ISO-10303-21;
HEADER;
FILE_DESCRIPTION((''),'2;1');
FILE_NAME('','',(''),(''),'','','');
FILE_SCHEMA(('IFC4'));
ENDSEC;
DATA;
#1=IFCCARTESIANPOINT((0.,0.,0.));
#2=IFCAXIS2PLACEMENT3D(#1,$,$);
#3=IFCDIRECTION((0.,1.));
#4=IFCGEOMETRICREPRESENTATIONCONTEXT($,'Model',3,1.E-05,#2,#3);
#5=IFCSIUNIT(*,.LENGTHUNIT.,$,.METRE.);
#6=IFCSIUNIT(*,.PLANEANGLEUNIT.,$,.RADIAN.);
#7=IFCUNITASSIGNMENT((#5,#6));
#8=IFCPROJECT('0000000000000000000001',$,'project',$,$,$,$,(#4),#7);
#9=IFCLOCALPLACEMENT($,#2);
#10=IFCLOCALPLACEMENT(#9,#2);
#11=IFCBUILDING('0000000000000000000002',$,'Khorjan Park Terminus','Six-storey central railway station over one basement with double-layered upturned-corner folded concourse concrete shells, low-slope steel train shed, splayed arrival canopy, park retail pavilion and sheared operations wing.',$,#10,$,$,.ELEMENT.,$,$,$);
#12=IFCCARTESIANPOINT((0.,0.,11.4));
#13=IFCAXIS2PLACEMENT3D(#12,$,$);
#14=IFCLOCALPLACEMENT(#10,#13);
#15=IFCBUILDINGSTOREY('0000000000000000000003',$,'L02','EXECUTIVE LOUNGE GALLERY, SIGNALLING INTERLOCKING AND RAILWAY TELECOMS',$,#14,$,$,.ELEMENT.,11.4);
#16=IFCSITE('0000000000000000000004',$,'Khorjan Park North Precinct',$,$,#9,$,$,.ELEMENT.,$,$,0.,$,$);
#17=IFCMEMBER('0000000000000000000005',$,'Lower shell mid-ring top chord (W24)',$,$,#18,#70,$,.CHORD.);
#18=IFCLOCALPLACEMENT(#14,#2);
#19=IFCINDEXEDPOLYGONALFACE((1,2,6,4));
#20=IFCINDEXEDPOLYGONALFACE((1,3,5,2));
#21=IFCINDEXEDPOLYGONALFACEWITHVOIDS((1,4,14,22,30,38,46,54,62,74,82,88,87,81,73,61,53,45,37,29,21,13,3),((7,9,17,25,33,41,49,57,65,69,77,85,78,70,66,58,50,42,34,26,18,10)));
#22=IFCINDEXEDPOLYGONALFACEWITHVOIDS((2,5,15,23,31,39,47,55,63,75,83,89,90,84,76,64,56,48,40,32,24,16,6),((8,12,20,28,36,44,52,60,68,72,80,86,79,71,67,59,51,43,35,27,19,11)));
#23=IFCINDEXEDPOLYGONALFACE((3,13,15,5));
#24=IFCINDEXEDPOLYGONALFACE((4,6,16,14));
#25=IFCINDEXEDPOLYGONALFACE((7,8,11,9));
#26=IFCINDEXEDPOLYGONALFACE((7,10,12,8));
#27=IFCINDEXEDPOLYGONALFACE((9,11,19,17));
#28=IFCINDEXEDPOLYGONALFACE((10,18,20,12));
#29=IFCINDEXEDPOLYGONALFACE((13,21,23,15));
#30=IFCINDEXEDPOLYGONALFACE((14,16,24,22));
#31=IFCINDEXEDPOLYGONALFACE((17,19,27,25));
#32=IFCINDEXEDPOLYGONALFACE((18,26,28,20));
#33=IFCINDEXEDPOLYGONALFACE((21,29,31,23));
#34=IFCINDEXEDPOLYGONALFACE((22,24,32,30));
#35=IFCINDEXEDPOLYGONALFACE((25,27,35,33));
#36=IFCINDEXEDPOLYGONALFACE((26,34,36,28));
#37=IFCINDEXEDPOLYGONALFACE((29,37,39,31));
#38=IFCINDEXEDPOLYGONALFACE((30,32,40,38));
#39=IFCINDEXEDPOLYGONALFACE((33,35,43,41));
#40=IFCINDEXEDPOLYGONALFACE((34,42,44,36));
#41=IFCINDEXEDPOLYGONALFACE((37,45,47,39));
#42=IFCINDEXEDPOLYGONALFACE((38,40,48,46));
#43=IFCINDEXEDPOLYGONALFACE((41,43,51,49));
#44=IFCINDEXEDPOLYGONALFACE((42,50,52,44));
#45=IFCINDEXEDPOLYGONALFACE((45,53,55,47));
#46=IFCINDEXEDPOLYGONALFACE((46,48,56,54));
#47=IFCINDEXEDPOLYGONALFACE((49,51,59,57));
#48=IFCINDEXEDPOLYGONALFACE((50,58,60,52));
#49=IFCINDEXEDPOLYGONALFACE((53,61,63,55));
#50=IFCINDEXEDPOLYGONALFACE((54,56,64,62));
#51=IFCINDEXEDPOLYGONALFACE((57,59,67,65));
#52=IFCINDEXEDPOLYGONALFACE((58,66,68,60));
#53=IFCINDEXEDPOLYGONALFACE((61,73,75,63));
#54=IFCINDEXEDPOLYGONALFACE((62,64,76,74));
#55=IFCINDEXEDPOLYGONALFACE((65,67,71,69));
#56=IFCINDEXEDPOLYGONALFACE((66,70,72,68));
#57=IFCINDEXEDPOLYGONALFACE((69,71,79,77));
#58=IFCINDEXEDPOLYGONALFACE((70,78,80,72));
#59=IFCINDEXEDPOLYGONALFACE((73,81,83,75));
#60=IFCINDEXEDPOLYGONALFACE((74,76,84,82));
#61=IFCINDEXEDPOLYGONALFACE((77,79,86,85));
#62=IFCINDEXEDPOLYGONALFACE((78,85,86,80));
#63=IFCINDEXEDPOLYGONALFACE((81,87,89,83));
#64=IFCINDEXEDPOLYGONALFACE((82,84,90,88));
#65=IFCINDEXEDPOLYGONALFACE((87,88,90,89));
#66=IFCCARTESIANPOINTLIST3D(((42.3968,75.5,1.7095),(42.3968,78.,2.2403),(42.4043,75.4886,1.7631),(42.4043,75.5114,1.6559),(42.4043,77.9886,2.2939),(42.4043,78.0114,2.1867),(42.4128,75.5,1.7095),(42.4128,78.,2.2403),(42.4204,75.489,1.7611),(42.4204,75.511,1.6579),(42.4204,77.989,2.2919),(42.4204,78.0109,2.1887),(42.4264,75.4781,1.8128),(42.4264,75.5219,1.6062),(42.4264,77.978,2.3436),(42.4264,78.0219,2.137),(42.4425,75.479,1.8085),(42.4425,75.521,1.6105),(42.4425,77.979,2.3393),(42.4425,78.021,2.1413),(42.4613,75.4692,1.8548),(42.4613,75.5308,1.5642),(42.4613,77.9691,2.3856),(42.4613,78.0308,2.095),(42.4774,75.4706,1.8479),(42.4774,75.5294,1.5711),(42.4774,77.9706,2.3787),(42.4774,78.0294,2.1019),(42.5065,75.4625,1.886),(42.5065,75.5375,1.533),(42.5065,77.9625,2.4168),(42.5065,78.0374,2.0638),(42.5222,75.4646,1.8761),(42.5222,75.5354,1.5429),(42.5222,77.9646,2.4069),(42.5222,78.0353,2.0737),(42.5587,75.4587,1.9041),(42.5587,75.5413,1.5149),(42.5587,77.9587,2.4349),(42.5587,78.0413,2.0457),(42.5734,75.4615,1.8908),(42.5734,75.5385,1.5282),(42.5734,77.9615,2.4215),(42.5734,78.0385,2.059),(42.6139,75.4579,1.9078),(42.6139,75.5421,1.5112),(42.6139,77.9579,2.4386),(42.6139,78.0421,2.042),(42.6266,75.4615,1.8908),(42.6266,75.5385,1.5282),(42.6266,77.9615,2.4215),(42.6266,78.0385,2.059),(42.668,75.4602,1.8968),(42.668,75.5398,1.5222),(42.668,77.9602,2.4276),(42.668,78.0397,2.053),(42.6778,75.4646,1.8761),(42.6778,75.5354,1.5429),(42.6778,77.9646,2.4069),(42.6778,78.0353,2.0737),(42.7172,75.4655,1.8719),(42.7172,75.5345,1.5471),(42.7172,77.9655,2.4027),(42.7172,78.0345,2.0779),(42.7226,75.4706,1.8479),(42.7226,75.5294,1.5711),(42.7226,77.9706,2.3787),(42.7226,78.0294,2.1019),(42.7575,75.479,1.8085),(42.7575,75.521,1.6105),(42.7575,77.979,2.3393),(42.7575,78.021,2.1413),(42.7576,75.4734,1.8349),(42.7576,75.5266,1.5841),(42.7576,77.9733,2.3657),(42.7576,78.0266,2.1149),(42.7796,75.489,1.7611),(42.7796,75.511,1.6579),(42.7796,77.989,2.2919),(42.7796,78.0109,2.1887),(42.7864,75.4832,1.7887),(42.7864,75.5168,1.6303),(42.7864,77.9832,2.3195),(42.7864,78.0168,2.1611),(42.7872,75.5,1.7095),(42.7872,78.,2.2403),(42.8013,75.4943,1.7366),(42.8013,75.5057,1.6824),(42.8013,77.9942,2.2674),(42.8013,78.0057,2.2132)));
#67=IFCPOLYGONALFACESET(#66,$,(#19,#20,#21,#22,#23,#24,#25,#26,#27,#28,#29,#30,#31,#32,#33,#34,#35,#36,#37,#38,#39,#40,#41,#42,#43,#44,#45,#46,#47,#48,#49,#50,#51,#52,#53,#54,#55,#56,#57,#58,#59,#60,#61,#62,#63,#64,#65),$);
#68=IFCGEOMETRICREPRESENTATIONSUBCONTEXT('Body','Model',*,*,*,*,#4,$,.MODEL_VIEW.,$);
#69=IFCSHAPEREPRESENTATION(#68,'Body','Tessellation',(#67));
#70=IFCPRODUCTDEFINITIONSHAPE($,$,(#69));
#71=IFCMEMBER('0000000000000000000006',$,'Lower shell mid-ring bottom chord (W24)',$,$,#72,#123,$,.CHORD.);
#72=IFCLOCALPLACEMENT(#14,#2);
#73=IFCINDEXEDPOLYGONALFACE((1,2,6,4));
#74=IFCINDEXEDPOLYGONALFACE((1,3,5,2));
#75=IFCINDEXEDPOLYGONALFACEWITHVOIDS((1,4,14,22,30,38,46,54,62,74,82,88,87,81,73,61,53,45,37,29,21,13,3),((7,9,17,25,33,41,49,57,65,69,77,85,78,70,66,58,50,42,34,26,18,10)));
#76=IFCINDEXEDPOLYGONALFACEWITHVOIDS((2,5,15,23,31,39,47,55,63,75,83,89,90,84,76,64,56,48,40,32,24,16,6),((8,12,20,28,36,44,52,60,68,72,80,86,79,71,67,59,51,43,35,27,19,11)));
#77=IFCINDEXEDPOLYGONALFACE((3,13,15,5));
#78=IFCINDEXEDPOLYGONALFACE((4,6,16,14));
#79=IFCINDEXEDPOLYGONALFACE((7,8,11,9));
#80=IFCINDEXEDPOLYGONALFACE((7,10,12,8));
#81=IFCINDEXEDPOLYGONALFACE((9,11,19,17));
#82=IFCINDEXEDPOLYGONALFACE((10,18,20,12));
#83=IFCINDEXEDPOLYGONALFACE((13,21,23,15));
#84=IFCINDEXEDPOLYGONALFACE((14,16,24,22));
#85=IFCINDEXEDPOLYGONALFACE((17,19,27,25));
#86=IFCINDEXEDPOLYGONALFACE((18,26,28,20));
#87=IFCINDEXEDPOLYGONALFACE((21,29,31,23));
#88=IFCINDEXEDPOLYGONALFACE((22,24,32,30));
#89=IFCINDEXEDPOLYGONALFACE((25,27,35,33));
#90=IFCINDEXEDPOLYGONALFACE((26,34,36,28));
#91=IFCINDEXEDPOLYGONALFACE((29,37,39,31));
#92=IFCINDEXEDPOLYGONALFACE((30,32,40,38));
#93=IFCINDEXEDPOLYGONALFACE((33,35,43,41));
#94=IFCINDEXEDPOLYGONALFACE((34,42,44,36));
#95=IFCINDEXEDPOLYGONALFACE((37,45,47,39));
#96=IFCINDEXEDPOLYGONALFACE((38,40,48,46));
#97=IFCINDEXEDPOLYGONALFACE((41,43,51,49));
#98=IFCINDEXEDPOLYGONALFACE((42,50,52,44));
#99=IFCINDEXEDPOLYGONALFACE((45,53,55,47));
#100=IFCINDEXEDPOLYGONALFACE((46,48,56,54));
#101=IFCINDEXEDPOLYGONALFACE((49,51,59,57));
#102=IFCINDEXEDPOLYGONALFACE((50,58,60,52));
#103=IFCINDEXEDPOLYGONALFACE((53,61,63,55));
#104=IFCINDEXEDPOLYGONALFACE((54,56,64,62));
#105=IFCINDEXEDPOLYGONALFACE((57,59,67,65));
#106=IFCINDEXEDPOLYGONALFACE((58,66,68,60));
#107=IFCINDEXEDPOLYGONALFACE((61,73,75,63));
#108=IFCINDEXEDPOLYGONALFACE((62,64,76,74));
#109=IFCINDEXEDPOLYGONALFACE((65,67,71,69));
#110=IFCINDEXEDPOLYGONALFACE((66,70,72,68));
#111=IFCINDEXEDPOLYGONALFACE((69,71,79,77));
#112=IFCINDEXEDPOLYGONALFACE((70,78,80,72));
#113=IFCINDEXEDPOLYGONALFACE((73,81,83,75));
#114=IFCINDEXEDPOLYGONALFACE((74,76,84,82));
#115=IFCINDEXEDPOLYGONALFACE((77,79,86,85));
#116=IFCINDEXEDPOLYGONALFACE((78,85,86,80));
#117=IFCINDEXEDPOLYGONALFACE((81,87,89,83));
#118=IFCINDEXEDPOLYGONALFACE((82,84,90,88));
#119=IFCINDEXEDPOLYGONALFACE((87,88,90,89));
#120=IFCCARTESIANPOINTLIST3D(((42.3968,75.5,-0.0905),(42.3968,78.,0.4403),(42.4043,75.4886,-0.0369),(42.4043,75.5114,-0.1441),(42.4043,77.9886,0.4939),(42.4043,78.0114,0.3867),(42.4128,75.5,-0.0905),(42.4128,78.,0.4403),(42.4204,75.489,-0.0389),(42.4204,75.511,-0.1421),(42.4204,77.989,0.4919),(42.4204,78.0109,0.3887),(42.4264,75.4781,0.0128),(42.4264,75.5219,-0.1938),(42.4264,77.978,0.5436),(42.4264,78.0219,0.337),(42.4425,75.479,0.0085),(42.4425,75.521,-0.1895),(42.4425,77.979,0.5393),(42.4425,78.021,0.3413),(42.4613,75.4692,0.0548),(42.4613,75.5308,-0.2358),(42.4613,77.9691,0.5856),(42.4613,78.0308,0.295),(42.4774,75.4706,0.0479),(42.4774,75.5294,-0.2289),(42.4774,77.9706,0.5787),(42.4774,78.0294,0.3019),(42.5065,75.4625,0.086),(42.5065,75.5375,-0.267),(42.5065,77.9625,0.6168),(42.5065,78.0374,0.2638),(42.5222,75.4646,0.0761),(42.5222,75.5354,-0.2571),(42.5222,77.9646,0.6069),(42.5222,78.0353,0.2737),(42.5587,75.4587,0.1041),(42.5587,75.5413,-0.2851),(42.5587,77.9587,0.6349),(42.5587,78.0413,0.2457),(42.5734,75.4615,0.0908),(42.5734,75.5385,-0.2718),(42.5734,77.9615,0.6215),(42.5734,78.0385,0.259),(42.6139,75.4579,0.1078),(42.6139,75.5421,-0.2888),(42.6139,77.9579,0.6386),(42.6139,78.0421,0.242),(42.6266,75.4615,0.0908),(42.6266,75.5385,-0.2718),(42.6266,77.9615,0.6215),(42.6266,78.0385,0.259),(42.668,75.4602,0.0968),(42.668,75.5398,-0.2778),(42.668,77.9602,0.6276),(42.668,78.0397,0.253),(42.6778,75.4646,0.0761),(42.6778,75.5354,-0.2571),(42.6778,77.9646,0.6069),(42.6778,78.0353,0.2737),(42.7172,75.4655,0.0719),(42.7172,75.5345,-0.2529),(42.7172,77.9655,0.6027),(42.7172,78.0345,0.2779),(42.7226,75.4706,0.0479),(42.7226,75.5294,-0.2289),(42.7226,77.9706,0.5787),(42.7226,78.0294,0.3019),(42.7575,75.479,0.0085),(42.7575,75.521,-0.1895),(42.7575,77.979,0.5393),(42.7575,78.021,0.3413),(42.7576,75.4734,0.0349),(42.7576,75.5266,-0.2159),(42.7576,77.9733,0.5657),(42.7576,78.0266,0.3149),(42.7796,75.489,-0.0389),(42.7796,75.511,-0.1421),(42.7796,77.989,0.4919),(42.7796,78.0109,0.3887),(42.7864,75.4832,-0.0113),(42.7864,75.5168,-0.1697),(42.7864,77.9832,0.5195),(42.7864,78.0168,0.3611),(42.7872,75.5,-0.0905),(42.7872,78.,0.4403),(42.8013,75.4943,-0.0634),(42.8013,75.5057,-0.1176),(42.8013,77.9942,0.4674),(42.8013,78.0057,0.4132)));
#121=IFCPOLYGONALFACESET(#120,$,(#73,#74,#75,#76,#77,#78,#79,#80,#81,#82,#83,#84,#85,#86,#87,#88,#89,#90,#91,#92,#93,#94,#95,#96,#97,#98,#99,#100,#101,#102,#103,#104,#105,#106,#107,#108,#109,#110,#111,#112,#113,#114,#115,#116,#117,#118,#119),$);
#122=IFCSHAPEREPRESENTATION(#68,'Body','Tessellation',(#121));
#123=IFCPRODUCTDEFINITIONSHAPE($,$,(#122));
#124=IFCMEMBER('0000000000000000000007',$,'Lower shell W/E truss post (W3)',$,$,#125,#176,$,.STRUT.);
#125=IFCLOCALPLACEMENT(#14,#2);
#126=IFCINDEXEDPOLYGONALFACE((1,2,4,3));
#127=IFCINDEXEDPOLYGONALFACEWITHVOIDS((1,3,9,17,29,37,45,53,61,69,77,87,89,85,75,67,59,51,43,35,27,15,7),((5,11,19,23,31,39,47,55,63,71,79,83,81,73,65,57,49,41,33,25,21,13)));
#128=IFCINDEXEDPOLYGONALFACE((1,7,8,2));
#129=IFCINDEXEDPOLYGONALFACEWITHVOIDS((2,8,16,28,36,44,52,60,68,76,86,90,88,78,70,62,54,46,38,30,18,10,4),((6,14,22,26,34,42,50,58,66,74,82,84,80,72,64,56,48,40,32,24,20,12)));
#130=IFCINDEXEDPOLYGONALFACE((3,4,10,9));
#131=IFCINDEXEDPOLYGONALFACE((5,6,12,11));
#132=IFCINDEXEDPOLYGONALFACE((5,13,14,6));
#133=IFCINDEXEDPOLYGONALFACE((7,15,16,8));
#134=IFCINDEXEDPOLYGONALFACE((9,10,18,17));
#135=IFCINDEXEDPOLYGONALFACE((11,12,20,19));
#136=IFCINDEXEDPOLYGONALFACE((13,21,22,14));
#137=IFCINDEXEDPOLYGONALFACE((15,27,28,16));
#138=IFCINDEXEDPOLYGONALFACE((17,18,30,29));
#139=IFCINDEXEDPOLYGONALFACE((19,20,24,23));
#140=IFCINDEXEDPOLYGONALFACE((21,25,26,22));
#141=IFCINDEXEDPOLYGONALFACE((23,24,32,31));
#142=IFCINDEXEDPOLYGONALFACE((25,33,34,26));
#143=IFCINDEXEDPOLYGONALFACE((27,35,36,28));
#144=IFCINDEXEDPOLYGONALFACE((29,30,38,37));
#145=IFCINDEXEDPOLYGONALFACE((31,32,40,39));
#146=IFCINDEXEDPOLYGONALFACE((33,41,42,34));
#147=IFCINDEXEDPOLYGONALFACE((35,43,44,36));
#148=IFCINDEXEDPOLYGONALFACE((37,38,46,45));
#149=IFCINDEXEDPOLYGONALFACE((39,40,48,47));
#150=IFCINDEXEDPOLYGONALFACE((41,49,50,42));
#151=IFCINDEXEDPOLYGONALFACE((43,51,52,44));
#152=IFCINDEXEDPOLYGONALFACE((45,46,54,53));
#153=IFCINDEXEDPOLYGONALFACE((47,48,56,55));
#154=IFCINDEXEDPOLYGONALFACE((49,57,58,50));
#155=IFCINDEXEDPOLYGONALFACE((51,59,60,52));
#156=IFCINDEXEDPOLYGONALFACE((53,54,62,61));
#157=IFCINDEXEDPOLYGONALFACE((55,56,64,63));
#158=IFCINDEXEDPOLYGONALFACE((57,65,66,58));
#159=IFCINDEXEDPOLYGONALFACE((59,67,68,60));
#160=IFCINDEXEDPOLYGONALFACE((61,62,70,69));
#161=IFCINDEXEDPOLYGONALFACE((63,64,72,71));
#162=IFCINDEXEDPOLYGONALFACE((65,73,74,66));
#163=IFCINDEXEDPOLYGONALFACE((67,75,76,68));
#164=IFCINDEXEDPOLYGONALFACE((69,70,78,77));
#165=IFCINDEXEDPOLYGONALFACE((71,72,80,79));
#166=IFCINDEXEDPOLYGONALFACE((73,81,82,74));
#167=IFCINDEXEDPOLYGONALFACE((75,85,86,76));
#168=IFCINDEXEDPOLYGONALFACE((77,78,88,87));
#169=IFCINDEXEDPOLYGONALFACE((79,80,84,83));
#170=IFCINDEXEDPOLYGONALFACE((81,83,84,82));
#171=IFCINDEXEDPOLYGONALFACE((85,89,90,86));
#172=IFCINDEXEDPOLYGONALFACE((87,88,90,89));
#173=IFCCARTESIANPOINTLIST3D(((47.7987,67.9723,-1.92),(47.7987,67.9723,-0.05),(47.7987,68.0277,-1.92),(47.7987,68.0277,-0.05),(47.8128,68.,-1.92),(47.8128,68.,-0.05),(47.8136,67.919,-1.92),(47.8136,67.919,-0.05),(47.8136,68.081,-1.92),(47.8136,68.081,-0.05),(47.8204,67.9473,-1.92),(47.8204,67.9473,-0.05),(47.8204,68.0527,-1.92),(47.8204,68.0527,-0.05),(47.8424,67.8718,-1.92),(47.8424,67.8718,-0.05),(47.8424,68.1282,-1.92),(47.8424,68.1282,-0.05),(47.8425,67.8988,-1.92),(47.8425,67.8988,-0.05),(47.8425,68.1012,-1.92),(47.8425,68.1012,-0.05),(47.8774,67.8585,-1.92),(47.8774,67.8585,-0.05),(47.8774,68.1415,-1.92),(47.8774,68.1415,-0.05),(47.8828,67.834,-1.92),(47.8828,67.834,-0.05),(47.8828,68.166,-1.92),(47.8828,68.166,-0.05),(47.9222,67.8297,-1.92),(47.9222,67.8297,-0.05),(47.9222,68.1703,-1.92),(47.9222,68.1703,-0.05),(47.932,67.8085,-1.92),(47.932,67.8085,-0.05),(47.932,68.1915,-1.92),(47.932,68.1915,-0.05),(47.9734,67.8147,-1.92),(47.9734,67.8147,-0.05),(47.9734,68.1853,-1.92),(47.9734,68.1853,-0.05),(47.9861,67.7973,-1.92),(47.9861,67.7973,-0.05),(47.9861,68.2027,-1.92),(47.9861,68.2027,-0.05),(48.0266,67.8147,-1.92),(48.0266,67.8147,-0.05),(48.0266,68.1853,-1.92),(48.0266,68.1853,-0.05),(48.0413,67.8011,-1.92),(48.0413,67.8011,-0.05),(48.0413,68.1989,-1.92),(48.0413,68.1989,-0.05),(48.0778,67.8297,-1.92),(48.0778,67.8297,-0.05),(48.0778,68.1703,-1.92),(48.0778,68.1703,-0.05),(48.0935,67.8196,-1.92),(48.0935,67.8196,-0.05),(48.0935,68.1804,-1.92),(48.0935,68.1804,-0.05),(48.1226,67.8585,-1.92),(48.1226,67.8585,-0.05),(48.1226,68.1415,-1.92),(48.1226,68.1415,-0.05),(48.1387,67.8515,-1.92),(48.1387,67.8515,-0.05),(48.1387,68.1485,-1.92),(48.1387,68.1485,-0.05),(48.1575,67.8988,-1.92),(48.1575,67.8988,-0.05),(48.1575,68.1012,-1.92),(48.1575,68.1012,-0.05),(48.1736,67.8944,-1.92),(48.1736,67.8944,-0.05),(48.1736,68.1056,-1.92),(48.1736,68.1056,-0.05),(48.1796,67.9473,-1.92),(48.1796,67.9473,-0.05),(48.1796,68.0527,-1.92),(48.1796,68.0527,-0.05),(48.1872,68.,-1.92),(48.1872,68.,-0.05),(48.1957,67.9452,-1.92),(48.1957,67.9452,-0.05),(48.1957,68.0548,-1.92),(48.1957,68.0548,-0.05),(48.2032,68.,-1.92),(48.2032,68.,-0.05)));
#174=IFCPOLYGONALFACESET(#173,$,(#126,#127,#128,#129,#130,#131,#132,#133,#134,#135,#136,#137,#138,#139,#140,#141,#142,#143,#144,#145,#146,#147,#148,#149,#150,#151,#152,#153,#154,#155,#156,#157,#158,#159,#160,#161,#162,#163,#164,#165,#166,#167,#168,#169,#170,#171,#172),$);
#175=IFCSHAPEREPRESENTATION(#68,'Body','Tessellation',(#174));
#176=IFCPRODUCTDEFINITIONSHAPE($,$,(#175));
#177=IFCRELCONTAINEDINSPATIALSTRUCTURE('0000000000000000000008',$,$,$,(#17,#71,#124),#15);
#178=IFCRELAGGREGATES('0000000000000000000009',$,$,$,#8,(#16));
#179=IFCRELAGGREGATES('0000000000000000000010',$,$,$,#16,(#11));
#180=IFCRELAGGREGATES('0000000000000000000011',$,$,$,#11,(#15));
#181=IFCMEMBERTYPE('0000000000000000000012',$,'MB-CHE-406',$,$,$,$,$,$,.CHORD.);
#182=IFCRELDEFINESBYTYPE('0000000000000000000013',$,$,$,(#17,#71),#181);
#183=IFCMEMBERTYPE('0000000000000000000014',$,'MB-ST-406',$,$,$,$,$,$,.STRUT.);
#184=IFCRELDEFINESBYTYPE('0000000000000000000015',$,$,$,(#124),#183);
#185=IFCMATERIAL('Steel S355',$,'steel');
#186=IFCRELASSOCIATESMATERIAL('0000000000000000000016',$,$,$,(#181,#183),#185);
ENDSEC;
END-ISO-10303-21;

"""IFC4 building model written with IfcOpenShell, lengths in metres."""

from ifc_helpers import new_model, si_unit, direction, frame, origin, origin_2d, place, context, subcontext, project, spatial, hollow_circle, extrude, material, material_profile, profile_set, type_object, element, save


model = new_model("IFC4")

# Units and contexts
model_context = context("Model", 3, precision=1e-05, world=origin(), true_north=direction((0.0, 1.0)))
body_context = subcontext(model_context, "Body", "Model", "MODEL_VIEW")
ifc_project = project(units=[si_unit("LENGTHUNIT", "METRE"), si_unit("PLANEANGLEUNIT", "RADIAN")], contexts=[model_context])

# Site, building, storey
site_placement = place(None, origin())
site = spatial("IfcSite", under=ifc_project, at=site_placement, Name="Khorjan Park North Precinct", CompositionType="ELEMENT", RefElevation=0.0)
building_placement = place(site_placement, origin())
building = spatial("IfcBuilding", under=site, at=building_placement, Name="Khorjan Park Terminus", Description="Six-storey central railway station over one basement with double-layered upturned-corner folded concourse concrete shells, low-slope steel train shed, splayed arrival canopy, park retail pavilion and sheared operations wing.", CompositionType="ELEMENT")
storey_placement = place(building_placement, frame((0.0, 0.0, 11.4)))
storey = spatial("IfcBuildingStorey", under=building, at=storey_placement, Name="L02", Description="EXECUTIVE LOUNGE GALLERY, SIGNALLING INTERLOCKING AND RAILWAY TELECOMS", CompositionType="ELEMENT", Elevation=11.4)

# Members
ifc_material_1 = material(Name="Steel S355", Category="steel")
ifc_material_profile_1 = material_profile(ifc_material_1, hollow_circle(Radius=0.2032, WallThickness=0.016, at=origin_2d()), Name="CHS 406.4x16")
ifc_profile_set_1 = profile_set([ifc_material_profile_1], Name="Steel S355")
member_type_1 = type_object("IfcMemberType", Name="MB-CHE-406", PredefinedType="CHORD", material=ifc_profile_set_1)
for number, where, z_axis, x_axis, name in (
    (1, (42.6, 75.5, 1.7095), (0.0, 0.978195, 0.20769), (-1.0, 0.0, 0.0), "Lower shell mid-ring top chord (W24)"),
    (2, (42.6, 75.5, -0.0905), (0.0, 0.978195, 0.20769), (-1.0, 0.0, 0.0), "Lower shell mid-ring bottom chord (W24)"),
):
    element("IfcMember", number, at=place(storey_placement, frame(where, z_axis=z_axis, x_axis=x_axis)), inside=storey, type_object=member_type_1, Name=name, PredefinedType="CHORD", context=body_context, shape_type="SweptSolid", body=[
        extrude(hollow_circle(Radius=0.2032, WallThickness=0.016, at=origin_2d()), origin(), (0.0, 0.0, 1.0), 2.5557),
    ])
ifc_material_profile_2 = material_profile(ifc_material_1, hollow_circle(Radius=0.2032, WallThickness=0.016, at=origin_2d()), Name="CHS 406.4x16")
ifc_profile_set_2 = profile_set([ifc_material_profile_2], Name="Steel S355")
member_type_2 = type_object("IfcMemberType", Name="MB-ST-406", PredefinedType="STRUT", material=ifc_profile_set_2)
member_1_placement = place(storey_placement, frame((48.0, 68.0, -1.92), z_axis=(0.0, 0.0, 1.0), x_axis=(1.0, 0.0, 0.0)))
element("IfcMember", 3, at=member_1_placement, inside=storey, type_object=member_type_2, Name="Lower shell W/E truss post (W3)", PredefinedType="STRUT", context=body_context, shape_type="SweptSolid", body=[
    extrude(hollow_circle(Radius=0.2032, WallThickness=0.016, at=origin_2d()), origin(), (0.0, 0.0, 1.0), 1.87),
])

save(model, "model.ifc")
